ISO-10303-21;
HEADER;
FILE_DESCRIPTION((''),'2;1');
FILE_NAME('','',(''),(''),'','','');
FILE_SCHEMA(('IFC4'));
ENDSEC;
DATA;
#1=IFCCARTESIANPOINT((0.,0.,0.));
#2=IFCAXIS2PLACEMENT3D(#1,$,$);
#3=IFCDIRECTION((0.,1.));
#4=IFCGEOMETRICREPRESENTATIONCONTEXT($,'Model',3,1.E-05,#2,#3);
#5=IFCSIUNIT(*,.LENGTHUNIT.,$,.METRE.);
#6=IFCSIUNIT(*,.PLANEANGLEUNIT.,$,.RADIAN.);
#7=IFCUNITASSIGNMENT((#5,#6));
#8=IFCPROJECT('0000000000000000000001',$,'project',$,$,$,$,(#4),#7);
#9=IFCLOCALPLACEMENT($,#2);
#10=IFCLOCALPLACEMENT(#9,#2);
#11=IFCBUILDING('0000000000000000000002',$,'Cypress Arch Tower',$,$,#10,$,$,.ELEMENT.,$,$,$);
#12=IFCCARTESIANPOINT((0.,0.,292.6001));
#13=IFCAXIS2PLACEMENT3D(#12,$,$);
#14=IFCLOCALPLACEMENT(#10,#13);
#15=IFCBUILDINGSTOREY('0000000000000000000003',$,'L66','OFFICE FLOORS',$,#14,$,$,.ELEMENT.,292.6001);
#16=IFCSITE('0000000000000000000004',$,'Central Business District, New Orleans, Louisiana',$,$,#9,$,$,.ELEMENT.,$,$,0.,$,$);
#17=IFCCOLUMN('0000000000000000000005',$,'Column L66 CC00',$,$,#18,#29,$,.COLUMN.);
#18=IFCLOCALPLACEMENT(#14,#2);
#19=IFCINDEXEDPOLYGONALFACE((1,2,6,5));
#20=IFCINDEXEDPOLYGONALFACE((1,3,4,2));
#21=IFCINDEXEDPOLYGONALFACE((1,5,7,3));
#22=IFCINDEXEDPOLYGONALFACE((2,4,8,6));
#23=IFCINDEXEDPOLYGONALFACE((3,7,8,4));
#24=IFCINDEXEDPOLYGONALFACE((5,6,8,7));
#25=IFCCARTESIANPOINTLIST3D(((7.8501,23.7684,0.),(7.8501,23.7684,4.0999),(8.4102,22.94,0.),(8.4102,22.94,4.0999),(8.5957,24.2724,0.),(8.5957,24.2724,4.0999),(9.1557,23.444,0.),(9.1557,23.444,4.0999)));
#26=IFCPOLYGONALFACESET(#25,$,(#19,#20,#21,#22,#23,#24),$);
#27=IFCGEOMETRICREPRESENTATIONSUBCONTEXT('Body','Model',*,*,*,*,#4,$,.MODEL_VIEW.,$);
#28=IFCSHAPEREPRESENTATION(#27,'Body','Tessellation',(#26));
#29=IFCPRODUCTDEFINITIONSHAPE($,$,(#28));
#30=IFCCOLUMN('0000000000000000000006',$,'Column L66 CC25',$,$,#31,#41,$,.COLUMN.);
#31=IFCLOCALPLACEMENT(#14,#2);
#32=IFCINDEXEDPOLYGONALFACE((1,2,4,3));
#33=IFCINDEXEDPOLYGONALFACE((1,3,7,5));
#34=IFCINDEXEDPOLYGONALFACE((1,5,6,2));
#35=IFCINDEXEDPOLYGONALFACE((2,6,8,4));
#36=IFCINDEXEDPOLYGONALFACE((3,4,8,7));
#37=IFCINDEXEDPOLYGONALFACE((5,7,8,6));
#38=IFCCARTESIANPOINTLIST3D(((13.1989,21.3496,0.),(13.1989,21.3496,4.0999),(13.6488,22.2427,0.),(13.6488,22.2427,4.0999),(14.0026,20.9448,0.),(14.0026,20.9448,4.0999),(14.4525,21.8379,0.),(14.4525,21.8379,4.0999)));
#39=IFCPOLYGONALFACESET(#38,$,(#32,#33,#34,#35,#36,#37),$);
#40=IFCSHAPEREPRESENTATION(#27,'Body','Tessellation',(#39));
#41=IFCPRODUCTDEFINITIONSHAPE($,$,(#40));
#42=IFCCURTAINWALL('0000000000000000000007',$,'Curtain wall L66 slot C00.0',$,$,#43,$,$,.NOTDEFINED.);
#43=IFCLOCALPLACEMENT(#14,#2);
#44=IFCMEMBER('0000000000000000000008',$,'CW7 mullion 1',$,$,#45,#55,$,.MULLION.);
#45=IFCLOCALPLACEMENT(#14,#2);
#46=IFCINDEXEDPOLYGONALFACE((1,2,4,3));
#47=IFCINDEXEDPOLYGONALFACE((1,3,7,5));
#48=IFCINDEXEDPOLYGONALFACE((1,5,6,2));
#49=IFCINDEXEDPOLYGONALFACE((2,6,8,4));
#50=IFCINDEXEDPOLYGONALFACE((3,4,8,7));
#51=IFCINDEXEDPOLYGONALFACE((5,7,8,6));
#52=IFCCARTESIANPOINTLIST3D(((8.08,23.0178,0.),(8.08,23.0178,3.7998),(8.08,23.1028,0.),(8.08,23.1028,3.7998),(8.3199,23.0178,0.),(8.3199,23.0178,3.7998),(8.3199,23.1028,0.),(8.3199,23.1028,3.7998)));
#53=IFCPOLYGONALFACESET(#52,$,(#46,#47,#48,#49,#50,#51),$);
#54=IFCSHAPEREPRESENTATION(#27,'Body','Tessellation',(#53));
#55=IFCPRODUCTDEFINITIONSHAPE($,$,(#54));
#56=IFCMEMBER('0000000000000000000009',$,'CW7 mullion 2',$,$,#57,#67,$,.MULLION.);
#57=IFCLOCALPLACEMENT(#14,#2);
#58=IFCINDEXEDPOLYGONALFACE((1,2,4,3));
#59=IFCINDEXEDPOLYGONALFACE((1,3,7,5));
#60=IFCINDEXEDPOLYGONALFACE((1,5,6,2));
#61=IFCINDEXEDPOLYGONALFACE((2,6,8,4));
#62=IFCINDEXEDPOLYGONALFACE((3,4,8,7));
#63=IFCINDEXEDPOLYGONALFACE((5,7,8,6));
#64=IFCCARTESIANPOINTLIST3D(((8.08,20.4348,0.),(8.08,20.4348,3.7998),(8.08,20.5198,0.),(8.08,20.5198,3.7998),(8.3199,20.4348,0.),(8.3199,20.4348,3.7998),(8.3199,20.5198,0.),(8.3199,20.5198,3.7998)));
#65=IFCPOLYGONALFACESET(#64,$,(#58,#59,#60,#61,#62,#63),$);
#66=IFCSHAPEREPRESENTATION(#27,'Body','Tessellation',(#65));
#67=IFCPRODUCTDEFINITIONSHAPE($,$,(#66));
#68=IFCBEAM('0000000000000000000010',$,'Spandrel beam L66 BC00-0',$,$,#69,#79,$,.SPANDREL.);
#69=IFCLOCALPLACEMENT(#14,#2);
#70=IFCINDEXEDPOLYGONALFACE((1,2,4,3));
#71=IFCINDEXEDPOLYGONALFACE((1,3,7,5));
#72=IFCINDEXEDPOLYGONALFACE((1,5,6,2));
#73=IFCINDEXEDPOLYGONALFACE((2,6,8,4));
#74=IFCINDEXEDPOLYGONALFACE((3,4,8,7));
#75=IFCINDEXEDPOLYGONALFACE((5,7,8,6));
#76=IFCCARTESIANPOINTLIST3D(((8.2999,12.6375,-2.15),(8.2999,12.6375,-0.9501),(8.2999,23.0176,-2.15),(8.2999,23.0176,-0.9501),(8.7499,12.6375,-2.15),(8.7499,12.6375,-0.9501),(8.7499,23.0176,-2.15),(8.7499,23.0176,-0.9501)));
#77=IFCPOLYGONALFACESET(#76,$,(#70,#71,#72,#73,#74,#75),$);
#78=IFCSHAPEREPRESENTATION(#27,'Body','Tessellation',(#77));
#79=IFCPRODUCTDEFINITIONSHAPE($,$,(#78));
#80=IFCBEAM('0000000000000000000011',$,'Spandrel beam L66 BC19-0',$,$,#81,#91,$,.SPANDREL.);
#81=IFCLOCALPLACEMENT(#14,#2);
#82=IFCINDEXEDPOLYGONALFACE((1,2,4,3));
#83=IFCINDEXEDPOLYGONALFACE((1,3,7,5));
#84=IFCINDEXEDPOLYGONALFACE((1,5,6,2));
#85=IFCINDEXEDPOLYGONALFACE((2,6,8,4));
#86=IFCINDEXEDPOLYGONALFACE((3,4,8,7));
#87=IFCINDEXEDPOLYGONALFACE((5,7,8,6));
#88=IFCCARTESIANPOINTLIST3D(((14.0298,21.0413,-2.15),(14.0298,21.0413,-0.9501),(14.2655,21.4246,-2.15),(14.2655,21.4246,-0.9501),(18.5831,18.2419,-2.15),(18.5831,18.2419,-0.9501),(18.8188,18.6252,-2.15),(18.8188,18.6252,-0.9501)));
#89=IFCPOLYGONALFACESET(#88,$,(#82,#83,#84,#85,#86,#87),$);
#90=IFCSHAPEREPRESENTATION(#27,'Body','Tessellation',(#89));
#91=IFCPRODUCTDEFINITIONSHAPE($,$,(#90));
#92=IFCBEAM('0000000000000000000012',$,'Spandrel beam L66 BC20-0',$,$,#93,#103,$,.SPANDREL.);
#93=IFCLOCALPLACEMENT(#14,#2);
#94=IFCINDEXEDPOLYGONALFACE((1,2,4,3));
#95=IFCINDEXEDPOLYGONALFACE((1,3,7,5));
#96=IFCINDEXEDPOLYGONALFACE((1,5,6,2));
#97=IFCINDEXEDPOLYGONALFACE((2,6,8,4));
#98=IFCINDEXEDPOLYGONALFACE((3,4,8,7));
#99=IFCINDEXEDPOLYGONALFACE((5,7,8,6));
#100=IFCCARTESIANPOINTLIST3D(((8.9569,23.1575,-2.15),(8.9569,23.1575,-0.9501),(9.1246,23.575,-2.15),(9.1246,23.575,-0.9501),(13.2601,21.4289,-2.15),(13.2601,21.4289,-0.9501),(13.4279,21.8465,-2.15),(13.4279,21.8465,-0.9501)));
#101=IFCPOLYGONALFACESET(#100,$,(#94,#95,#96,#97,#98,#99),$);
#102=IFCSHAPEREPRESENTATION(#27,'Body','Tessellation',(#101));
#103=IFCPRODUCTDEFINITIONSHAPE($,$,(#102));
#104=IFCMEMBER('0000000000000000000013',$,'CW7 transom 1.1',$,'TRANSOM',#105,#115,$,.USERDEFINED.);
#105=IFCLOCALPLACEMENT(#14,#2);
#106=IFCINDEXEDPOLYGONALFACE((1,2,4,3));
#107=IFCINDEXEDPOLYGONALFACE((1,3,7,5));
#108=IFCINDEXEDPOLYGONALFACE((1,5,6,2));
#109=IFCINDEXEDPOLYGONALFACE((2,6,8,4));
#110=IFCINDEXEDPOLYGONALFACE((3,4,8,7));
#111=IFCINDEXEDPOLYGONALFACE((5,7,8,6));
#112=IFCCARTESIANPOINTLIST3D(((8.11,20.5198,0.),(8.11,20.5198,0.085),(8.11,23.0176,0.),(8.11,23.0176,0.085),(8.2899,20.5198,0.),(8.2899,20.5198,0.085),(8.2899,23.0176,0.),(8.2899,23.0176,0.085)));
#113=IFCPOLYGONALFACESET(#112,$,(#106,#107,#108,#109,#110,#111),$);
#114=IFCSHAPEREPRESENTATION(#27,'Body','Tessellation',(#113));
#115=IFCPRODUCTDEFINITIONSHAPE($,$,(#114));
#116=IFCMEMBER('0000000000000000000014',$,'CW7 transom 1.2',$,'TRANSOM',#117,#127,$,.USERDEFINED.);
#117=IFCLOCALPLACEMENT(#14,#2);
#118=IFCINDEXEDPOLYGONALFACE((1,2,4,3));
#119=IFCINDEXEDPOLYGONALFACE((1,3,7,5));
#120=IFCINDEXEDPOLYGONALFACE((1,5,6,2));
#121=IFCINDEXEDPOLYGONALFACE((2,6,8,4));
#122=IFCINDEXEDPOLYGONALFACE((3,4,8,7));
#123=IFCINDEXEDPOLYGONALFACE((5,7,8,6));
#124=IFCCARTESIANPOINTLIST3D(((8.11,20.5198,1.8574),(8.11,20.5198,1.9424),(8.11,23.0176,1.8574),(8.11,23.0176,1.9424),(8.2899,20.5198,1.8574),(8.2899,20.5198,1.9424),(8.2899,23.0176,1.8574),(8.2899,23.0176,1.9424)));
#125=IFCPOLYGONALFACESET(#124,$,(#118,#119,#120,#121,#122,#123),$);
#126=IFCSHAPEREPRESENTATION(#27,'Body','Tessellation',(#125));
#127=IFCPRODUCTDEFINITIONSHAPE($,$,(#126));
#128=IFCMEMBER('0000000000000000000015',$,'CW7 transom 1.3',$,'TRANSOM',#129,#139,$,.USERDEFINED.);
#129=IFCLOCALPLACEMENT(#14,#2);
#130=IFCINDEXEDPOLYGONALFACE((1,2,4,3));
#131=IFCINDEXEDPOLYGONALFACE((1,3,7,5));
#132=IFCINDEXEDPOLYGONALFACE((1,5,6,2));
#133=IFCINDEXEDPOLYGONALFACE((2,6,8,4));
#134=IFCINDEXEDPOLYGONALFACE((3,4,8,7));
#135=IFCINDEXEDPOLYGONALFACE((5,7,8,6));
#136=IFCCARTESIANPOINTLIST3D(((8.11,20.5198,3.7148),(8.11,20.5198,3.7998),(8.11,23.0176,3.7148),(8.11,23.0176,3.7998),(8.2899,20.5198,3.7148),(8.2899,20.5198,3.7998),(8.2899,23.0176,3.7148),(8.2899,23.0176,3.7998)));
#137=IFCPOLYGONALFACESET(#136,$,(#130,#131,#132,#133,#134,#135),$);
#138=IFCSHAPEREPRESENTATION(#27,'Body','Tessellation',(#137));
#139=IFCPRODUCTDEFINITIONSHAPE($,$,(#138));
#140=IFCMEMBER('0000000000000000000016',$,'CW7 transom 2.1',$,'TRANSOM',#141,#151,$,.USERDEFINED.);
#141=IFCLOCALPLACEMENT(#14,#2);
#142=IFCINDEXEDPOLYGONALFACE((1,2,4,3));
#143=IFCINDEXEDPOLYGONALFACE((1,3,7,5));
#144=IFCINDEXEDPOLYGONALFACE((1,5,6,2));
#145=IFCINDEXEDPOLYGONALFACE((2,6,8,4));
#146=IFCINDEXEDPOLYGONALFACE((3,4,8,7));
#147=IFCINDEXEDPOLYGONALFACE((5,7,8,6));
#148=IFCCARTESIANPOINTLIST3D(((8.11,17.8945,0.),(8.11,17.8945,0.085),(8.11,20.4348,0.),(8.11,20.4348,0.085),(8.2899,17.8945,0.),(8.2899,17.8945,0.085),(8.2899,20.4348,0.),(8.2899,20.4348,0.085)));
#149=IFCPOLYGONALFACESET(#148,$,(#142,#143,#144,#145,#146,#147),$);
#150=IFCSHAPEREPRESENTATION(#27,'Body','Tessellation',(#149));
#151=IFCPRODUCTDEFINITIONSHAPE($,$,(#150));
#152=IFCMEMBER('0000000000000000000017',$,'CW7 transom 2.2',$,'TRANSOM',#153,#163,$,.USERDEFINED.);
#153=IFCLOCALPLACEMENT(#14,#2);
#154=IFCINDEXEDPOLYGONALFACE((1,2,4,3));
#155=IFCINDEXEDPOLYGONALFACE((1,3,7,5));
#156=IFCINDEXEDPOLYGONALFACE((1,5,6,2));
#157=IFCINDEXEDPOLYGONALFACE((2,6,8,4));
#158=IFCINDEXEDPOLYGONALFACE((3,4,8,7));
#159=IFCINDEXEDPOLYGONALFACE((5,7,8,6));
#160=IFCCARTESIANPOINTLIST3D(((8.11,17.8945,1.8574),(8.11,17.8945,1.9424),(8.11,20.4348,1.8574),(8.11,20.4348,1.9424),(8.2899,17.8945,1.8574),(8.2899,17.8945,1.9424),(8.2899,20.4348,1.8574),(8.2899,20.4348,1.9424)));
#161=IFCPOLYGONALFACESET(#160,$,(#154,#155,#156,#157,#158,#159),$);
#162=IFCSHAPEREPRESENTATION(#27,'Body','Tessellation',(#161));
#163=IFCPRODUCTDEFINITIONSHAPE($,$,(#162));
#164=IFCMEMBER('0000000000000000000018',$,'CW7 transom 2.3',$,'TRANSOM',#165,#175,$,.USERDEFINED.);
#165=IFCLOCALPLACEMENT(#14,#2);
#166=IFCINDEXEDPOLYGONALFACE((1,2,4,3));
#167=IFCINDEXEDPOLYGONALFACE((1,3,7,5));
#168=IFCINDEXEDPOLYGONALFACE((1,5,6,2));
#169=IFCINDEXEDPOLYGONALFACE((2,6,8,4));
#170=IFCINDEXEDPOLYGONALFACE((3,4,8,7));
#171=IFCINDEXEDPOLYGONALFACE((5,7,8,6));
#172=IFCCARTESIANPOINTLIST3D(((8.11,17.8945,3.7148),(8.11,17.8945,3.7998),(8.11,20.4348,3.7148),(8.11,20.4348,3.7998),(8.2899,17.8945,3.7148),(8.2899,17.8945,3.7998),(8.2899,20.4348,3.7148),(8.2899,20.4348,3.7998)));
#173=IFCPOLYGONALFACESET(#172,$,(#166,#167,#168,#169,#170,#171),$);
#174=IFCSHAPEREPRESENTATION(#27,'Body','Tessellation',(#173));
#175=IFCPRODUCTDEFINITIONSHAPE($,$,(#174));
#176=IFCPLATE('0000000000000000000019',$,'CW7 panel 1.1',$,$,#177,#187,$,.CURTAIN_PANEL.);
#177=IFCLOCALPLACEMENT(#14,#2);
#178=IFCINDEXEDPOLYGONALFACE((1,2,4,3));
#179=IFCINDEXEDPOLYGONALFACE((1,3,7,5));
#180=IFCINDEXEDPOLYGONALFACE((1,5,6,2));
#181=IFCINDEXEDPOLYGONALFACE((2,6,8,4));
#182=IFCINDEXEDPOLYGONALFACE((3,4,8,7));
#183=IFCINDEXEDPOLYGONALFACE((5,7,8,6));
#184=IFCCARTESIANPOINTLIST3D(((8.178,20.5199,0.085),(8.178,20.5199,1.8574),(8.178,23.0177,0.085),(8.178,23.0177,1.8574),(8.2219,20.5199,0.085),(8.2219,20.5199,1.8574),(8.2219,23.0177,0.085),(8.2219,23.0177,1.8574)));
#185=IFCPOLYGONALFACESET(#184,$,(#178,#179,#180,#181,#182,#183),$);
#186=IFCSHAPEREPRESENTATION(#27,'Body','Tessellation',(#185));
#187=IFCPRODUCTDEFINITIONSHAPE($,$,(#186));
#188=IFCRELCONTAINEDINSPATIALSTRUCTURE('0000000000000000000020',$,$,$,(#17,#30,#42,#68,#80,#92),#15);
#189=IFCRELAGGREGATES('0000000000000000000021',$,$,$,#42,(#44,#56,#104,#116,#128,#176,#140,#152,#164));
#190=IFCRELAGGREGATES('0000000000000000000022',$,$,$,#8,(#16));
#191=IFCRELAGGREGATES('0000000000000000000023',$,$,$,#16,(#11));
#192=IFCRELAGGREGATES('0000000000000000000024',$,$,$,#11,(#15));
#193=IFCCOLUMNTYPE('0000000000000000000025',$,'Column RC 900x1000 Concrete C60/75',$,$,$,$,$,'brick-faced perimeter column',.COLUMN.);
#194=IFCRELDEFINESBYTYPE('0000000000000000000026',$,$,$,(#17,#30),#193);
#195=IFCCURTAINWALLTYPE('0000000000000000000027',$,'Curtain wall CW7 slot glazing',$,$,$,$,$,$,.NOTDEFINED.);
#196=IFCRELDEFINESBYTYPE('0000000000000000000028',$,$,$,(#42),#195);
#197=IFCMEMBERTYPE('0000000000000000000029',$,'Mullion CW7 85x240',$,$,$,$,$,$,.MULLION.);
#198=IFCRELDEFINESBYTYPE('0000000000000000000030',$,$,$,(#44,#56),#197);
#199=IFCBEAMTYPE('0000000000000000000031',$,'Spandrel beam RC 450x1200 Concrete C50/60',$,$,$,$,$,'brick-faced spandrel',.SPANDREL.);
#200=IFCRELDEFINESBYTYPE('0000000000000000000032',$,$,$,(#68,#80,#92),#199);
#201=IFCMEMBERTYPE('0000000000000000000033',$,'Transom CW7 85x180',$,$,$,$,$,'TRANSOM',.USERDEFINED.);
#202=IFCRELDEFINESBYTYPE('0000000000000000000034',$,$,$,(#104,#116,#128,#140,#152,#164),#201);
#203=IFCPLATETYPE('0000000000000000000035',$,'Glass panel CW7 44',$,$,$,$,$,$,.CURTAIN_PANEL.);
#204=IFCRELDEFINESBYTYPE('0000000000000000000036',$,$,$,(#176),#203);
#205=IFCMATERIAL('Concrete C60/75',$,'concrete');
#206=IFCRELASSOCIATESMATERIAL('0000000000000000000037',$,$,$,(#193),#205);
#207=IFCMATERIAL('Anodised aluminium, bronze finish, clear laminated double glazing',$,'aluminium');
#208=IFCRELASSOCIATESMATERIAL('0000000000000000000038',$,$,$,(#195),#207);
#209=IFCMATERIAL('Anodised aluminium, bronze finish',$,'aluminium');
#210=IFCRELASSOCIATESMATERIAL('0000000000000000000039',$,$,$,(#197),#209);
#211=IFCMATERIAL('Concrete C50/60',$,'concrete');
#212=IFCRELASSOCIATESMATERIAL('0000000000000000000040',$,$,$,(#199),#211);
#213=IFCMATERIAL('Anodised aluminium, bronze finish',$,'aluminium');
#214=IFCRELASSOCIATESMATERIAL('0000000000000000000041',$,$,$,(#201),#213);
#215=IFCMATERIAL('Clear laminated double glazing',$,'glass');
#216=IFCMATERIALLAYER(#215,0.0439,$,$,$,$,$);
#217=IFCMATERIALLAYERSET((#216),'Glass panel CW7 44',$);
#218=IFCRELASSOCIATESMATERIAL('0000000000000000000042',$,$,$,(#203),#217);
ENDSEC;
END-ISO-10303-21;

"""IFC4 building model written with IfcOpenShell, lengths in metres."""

from ifc_helpers import new_model, si_unit, direction, frame, origin, origin_2d, place, context, subcontext, project, spatial, rectangle, extrude, material, layer, layer_set, material_profile, profile_set, type_object, element, aggregate, save


model = new_model("IFC4")

# Units and contexts
model_context = context("Model", 3, precision=1e-05, world=origin(), true_north=direction((0.0, 1.0)))
body_context = subcontext(model_context, "Body", "Model", "MODEL_VIEW")
ifc_project = project(units=[si_unit("LENGTHUNIT", "METRE"), si_unit("PLANEANGLEUNIT", "RADIAN")], contexts=[model_context])

# Site, building, storey
site_placement = place(None, origin())
site = spatial("IfcSite", under=ifc_project, at=site_placement, Name="Central Business District, New Orleans, Louisiana", CompositionType="ELEMENT", RefElevation=0.0)
building_placement = place(site_placement, origin())
building = spatial("IfcBuilding", under=site, at=building_placement, Name="Cypress Arch Tower", CompositionType="ELEMENT")
storey_placement = place(building_placement, frame((0.0, 0.0, 292.6001)))
storey = spatial("IfcBuildingStorey", under=building, at=storey_placement, Name="L66", Description="OFFICE FLOORS", CompositionType="ELEMENT", Elevation=292.6001)

# Columns
ifc_material_1 = material(Name="Concrete C60/75", Category="concrete")
ifc_material_profile_1 = material_profile(ifc_material_1, rectangle(XDim=0.8999, YDim=1.0, at=origin_2d()), Name="RC 900x1000")
ifc_profile_set_1 = profile_set([ifc_material_profile_1], Name="Concrete C60/75")
column_type = type_object("IfcColumnType", Name="Column RC 900x1000 Concrete C60/75", ElementType="brick-faced perimeter column", PredefinedType="COLUMN", material=ifc_profile_set_1)
for number, where, z_axis, x_axis, name in (
    (1, (8.5029, 23.6062, 0.0), (0.0, 0.0, 1.0), (-0.82847, -0.560034, 0.0), "Column L66 CC00"),
    (2, (13.8257, 21.5938, 0.0), (0.0, 0.0, 1.0), (-0.893106, 0.449845, 0.0), "Column L66 CC25"),
):
    element("IfcColumn", number, at=place(storey_placement, frame(where, z_axis=z_axis, x_axis=x_axis)), inside=storey, type_object=column_type, Name=name, PredefinedType="COLUMN", context=body_context, shape_type="SweptSolid", body=[
        extrude(rectangle(XDim=0.8999, YDim=1.0, at=origin_2d()), origin(), (0.0, 0.0, 1.0), 4.0999),
    ])

# Curtain wall, members
ifc_material_2 = material(Name="Anodised aluminium, bronze finish, clear laminated double glazing", Category="aluminium")
curtain_wall_type = type_object("IfcCurtainWallType", Name="Curtain wall CW7 slot glazing", PredefinedType="NOTDEFINED", material=ifc_material_2)
curtain_wall_placement = place(storey_placement, origin())
curtain_wall = element("IfcCurtainWall", 3, at=curtain_wall_placement, inside=storey, type_object=curtain_wall_type, Name="Curtain wall L66 slot C00.0", PredefinedType="NOTDEFINED")
ifc_material_3 = material(Name="Anodised aluminium, bronze finish", Category="aluminium")
ifc_material_profile_2 = material_profile(ifc_material_3, rectangle(XDim=0.24, YDim=0.085, at=origin_2d()), Name="Mullion 85x240")
ifc_profile_set_2 = profile_set([ifc_material_profile_2], Name="Anodised aluminium, bronze finish")
member_type_1 = type_object("IfcMemberType", Name="Mullion CW7 85x240", PredefinedType="MULLION", material=ifc_profile_set_2)
member_1_placement = place(storey_placement, frame((8.2, 23.0603, 0.0), z_axis=(0.0, 0.0, 1.0), x_axis=(1.0, 0.0, 0.0)))
member_1 = element("IfcMember", 4, at=member_1_placement, type_object=member_type_1, Name="CW7 mullion 1", PredefinedType="MULLION", context=body_context, shape_type="SweptSolid", body=[
    extrude(rectangle(XDim=0.24, YDim=0.085, at=origin_2d()), origin(), (0.0, 0.0, 1.0), 3.7998),
])
member_2_placement = place(storey_placement, frame((8.2, 20.4773, 0.0), z_axis=(0.0, 0.0, 1.0), x_axis=(1.0, 0.0, 0.0)))
member_2 = element("IfcMember", 5, at=member_2_placement, type_object=member_type_1, Name="CW7 mullion 2", PredefinedType="MULLION", context=body_context, shape_type="SweptSolid", body=[
    extrude(rectangle(XDim=0.24, YDim=0.085, at=origin_2d()), origin(), (0.0, 0.0, 1.0), 3.7998),
])

# Beams
ifc_material_4 = material(Name="Concrete C50/60", Category="concrete")
ifc_material_profile_3 = material_profile(ifc_material_4, rectangle(XDim=0.45, YDim=1.2, at=origin_2d()), Name="RC 450x1200")
ifc_profile_set_3 = profile_set([ifc_material_profile_3], Name="Concrete C50/60")
beam_type = type_object("IfcBeamType", Name="Spandrel beam RC 450x1200 Concrete C50/60", ElementType="brick-faced spandrel", PredefinedType="SPANDREL", material=ifc_profile_set_3)
beam_1_placement = place(storey_placement, frame((8.5249, 23.0176, -1.55), z_axis=(0.0, -1.0, 0.0), x_axis=(1.0, 0.0, 0.0)))
element("IfcBeam", 6, at=beam_1_placement, inside=storey, type_object=beam_type, Name="Spandrel beam L66 BC00-0", PredefinedType="SPANDREL", context=body_context, shape_type="SweptSolid", body=[
    extrude(rectangle(XDim=0.45, YDim=1.2, at=origin_2d()), origin(), (0.0, 0.0, 1.0), 10.3801),
])
beam_2_placement = place(storey_placement, frame((18.7009, 18.4336, -1.55), z_axis=(-0.851881, 0.523735, 0.0), x_axis=(-0.523735, -0.851881, 0.0)))
element("IfcBeam", 7, at=beam_2_placement, inside=storey, type_object=beam_type, Name="Spandrel beam L66 BC19-0", PredefinedType="SPANDREL", context=body_context, shape_type="SweptSolid", body=[
    extrude(rectangle(XDim=0.45, YDim=1.2, at=origin_2d()), origin(), (0.0, 0.0, 1.0), 5.345),
])
beam_3_placement = place(storey_placement, frame((13.344, 21.6377, -1.55), z_axis=(-0.927938, 0.372734, 0.0), x_axis=(-0.372734, -0.927938, 0.0)))
element("IfcBeam", 8, at=beam_3_placement, inside=storey, type_object=beam_type, Name="Spandrel beam L66 BC20-0", PredefinedType="SPANDREL", context=body_context, shape_type="SweptSolid", body=[
    extrude(rectangle(XDim=0.45, YDim=1.2, at=origin_2d()), origin(), (0.0, 0.0, 1.0), 4.6375),
])

# Members
ifc_material_5 = material(Name="Anodised aluminium, bronze finish", Category="aluminium")
ifc_material_profile_4 = material_profile(ifc_material_5, rectangle(XDim=0.1799, YDim=0.085, at=origin_2d()), Name="Transom 85x180")
ifc_profile_set_4 = profile_set([ifc_material_profile_4], Name="Anodised aluminium, bronze finish")
member_type_2 = type_object("IfcMemberType", Name="Transom CW7 85x180", ElementType="TRANSOM", PredefinedType="USERDEFINED", material=ifc_profile_set_4)
member_3_placement = place(storey_placement, frame((8.2, 23.0176, 0.0425), z_axis=(0.0, -1.0, 0.0), x_axis=(1.0, 0.0, 0.0)))
member_3 = element("IfcMember", 9, at=member_3_placement, type_object=member_type_2, Name="CW7 transom 1.1", ObjectType="TRANSOM", PredefinedType="USERDEFINED", context=body_context, shape_type="SweptSolid", body=[
    extrude(rectangle(XDim=0.1799, YDim=0.085, at=origin_2d()), origin(), (0.0, 0.0, 1.0), 2.4978),
])
member_4_placement = place(storey_placement, frame((8.2, 23.0176, 1.8999), z_axis=(0.0, -1.0, 0.0), x_axis=(1.0, 0.0, 0.0)))
member_4 = element("IfcMember", 10, at=member_4_placement, type_object=member_type_2, Name="CW7 transom 1.2", ObjectType="TRANSOM", PredefinedType="USERDEFINED", context=body_context, shape_type="SweptSolid", body=[
    extrude(rectangle(XDim=0.1799, YDim=0.085, at=origin_2d()), origin(), (0.0, 0.0, 1.0), 2.4978),
])
member_5_placement = place(storey_placement, frame((8.2, 23.0176, 3.7573), z_axis=(0.0, -1.0, 0.0), x_axis=(1.0, 0.0, 0.0)))
member_5 = element("IfcMember", 11, at=member_5_placement, type_object=member_type_2, Name="CW7 transom 1.3", ObjectType="TRANSOM", PredefinedType="USERDEFINED", context=body_context, shape_type="SweptSolid", body=[
    extrude(rectangle(XDim=0.1799, YDim=0.085, at=origin_2d()), origin(), (0.0, 0.0, 1.0), 2.4978),
])
member_6_placement = place(storey_placement, frame((8.2, 20.4348, 0.0425), z_axis=(0.0, -1.0, 0.0), x_axis=(1.0, 0.0, 0.0)))
member_6 = element("IfcMember", 12, at=member_6_placement, type_object=member_type_2, Name="CW7 transom 2.1", ObjectType="TRANSOM", PredefinedType="USERDEFINED", context=body_context, shape_type="SweptSolid", body=[
    extrude(rectangle(XDim=0.1799, YDim=0.085, at=origin_2d()), origin(), (0.0, 0.0, 1.0), 2.5403),
])
member_7_placement = place(storey_placement, frame((8.2, 20.4348, 1.8999), z_axis=(0.0, -1.0, 0.0), x_axis=(1.0, 0.0, 0.0)))
member_7 = element("IfcMember", 13, at=member_7_placement, type_object=member_type_2, Name="CW7 transom 2.2", ObjectType="TRANSOM", PredefinedType="USERDEFINED", context=body_context, shape_type="SweptSolid", body=[
    extrude(rectangle(XDim=0.1799, YDim=0.085, at=origin_2d()), origin(), (0.0, 0.0, 1.0), 2.5403),
])
member_8_placement = place(storey_placement, frame((8.2, 20.4348, 3.7573), z_axis=(0.0, -1.0, 0.0), x_axis=(1.0, 0.0, 0.0)))
member_8 = element("IfcMember", 14, at=member_8_placement, type_object=member_type_2, Name="CW7 transom 2.3", ObjectType="TRANSOM", PredefinedType="USERDEFINED", context=body_context, shape_type="SweptSolid", body=[
    extrude(rectangle(XDim=0.1799, YDim=0.085, at=origin_2d()), origin(), (0.0, 0.0, 1.0), 2.5403),
])

# Plate
ifc_material_6 = material(Name="Clear laminated double glazing", Category="glass")
ifc_layer_1 = layer(ifc_material_6, 0.0439)
ifc_layer_set_1 = layer_set([ifc_layer_1], Name="Glass panel CW7 44")
plate_type = type_object("IfcPlateType", Name="Glass panel CW7 44", PredefinedType="CURTAIN_PANEL", material=ifc_layer_set_1)
plate_1_placement = place(storey_placement, frame((8.2, 21.7688, 0.085), z_axis=(0.0, 0.0, 1.0), x_axis=(0.0, -1.0, 0.0)))
plate_1 = element("IfcPlate", 15, at=plate_1_placement, type_object=plate_type, Name="CW7 panel 1.1", PredefinedType="CURTAIN_PANEL", context=body_context, shape_type="SweptSolid", body=[
    extrude(rectangle(XDim=2.4978, YDim=0.0439, at=origin_2d()), origin(), (0.0, 0.0, 1.0), 1.7725),
])
aggregate(curtain_wall, [member_1, member_2, member_3, member_4, member_5, plate_1, member_6, member_7, member_8])

save(model, "model.ifc")
